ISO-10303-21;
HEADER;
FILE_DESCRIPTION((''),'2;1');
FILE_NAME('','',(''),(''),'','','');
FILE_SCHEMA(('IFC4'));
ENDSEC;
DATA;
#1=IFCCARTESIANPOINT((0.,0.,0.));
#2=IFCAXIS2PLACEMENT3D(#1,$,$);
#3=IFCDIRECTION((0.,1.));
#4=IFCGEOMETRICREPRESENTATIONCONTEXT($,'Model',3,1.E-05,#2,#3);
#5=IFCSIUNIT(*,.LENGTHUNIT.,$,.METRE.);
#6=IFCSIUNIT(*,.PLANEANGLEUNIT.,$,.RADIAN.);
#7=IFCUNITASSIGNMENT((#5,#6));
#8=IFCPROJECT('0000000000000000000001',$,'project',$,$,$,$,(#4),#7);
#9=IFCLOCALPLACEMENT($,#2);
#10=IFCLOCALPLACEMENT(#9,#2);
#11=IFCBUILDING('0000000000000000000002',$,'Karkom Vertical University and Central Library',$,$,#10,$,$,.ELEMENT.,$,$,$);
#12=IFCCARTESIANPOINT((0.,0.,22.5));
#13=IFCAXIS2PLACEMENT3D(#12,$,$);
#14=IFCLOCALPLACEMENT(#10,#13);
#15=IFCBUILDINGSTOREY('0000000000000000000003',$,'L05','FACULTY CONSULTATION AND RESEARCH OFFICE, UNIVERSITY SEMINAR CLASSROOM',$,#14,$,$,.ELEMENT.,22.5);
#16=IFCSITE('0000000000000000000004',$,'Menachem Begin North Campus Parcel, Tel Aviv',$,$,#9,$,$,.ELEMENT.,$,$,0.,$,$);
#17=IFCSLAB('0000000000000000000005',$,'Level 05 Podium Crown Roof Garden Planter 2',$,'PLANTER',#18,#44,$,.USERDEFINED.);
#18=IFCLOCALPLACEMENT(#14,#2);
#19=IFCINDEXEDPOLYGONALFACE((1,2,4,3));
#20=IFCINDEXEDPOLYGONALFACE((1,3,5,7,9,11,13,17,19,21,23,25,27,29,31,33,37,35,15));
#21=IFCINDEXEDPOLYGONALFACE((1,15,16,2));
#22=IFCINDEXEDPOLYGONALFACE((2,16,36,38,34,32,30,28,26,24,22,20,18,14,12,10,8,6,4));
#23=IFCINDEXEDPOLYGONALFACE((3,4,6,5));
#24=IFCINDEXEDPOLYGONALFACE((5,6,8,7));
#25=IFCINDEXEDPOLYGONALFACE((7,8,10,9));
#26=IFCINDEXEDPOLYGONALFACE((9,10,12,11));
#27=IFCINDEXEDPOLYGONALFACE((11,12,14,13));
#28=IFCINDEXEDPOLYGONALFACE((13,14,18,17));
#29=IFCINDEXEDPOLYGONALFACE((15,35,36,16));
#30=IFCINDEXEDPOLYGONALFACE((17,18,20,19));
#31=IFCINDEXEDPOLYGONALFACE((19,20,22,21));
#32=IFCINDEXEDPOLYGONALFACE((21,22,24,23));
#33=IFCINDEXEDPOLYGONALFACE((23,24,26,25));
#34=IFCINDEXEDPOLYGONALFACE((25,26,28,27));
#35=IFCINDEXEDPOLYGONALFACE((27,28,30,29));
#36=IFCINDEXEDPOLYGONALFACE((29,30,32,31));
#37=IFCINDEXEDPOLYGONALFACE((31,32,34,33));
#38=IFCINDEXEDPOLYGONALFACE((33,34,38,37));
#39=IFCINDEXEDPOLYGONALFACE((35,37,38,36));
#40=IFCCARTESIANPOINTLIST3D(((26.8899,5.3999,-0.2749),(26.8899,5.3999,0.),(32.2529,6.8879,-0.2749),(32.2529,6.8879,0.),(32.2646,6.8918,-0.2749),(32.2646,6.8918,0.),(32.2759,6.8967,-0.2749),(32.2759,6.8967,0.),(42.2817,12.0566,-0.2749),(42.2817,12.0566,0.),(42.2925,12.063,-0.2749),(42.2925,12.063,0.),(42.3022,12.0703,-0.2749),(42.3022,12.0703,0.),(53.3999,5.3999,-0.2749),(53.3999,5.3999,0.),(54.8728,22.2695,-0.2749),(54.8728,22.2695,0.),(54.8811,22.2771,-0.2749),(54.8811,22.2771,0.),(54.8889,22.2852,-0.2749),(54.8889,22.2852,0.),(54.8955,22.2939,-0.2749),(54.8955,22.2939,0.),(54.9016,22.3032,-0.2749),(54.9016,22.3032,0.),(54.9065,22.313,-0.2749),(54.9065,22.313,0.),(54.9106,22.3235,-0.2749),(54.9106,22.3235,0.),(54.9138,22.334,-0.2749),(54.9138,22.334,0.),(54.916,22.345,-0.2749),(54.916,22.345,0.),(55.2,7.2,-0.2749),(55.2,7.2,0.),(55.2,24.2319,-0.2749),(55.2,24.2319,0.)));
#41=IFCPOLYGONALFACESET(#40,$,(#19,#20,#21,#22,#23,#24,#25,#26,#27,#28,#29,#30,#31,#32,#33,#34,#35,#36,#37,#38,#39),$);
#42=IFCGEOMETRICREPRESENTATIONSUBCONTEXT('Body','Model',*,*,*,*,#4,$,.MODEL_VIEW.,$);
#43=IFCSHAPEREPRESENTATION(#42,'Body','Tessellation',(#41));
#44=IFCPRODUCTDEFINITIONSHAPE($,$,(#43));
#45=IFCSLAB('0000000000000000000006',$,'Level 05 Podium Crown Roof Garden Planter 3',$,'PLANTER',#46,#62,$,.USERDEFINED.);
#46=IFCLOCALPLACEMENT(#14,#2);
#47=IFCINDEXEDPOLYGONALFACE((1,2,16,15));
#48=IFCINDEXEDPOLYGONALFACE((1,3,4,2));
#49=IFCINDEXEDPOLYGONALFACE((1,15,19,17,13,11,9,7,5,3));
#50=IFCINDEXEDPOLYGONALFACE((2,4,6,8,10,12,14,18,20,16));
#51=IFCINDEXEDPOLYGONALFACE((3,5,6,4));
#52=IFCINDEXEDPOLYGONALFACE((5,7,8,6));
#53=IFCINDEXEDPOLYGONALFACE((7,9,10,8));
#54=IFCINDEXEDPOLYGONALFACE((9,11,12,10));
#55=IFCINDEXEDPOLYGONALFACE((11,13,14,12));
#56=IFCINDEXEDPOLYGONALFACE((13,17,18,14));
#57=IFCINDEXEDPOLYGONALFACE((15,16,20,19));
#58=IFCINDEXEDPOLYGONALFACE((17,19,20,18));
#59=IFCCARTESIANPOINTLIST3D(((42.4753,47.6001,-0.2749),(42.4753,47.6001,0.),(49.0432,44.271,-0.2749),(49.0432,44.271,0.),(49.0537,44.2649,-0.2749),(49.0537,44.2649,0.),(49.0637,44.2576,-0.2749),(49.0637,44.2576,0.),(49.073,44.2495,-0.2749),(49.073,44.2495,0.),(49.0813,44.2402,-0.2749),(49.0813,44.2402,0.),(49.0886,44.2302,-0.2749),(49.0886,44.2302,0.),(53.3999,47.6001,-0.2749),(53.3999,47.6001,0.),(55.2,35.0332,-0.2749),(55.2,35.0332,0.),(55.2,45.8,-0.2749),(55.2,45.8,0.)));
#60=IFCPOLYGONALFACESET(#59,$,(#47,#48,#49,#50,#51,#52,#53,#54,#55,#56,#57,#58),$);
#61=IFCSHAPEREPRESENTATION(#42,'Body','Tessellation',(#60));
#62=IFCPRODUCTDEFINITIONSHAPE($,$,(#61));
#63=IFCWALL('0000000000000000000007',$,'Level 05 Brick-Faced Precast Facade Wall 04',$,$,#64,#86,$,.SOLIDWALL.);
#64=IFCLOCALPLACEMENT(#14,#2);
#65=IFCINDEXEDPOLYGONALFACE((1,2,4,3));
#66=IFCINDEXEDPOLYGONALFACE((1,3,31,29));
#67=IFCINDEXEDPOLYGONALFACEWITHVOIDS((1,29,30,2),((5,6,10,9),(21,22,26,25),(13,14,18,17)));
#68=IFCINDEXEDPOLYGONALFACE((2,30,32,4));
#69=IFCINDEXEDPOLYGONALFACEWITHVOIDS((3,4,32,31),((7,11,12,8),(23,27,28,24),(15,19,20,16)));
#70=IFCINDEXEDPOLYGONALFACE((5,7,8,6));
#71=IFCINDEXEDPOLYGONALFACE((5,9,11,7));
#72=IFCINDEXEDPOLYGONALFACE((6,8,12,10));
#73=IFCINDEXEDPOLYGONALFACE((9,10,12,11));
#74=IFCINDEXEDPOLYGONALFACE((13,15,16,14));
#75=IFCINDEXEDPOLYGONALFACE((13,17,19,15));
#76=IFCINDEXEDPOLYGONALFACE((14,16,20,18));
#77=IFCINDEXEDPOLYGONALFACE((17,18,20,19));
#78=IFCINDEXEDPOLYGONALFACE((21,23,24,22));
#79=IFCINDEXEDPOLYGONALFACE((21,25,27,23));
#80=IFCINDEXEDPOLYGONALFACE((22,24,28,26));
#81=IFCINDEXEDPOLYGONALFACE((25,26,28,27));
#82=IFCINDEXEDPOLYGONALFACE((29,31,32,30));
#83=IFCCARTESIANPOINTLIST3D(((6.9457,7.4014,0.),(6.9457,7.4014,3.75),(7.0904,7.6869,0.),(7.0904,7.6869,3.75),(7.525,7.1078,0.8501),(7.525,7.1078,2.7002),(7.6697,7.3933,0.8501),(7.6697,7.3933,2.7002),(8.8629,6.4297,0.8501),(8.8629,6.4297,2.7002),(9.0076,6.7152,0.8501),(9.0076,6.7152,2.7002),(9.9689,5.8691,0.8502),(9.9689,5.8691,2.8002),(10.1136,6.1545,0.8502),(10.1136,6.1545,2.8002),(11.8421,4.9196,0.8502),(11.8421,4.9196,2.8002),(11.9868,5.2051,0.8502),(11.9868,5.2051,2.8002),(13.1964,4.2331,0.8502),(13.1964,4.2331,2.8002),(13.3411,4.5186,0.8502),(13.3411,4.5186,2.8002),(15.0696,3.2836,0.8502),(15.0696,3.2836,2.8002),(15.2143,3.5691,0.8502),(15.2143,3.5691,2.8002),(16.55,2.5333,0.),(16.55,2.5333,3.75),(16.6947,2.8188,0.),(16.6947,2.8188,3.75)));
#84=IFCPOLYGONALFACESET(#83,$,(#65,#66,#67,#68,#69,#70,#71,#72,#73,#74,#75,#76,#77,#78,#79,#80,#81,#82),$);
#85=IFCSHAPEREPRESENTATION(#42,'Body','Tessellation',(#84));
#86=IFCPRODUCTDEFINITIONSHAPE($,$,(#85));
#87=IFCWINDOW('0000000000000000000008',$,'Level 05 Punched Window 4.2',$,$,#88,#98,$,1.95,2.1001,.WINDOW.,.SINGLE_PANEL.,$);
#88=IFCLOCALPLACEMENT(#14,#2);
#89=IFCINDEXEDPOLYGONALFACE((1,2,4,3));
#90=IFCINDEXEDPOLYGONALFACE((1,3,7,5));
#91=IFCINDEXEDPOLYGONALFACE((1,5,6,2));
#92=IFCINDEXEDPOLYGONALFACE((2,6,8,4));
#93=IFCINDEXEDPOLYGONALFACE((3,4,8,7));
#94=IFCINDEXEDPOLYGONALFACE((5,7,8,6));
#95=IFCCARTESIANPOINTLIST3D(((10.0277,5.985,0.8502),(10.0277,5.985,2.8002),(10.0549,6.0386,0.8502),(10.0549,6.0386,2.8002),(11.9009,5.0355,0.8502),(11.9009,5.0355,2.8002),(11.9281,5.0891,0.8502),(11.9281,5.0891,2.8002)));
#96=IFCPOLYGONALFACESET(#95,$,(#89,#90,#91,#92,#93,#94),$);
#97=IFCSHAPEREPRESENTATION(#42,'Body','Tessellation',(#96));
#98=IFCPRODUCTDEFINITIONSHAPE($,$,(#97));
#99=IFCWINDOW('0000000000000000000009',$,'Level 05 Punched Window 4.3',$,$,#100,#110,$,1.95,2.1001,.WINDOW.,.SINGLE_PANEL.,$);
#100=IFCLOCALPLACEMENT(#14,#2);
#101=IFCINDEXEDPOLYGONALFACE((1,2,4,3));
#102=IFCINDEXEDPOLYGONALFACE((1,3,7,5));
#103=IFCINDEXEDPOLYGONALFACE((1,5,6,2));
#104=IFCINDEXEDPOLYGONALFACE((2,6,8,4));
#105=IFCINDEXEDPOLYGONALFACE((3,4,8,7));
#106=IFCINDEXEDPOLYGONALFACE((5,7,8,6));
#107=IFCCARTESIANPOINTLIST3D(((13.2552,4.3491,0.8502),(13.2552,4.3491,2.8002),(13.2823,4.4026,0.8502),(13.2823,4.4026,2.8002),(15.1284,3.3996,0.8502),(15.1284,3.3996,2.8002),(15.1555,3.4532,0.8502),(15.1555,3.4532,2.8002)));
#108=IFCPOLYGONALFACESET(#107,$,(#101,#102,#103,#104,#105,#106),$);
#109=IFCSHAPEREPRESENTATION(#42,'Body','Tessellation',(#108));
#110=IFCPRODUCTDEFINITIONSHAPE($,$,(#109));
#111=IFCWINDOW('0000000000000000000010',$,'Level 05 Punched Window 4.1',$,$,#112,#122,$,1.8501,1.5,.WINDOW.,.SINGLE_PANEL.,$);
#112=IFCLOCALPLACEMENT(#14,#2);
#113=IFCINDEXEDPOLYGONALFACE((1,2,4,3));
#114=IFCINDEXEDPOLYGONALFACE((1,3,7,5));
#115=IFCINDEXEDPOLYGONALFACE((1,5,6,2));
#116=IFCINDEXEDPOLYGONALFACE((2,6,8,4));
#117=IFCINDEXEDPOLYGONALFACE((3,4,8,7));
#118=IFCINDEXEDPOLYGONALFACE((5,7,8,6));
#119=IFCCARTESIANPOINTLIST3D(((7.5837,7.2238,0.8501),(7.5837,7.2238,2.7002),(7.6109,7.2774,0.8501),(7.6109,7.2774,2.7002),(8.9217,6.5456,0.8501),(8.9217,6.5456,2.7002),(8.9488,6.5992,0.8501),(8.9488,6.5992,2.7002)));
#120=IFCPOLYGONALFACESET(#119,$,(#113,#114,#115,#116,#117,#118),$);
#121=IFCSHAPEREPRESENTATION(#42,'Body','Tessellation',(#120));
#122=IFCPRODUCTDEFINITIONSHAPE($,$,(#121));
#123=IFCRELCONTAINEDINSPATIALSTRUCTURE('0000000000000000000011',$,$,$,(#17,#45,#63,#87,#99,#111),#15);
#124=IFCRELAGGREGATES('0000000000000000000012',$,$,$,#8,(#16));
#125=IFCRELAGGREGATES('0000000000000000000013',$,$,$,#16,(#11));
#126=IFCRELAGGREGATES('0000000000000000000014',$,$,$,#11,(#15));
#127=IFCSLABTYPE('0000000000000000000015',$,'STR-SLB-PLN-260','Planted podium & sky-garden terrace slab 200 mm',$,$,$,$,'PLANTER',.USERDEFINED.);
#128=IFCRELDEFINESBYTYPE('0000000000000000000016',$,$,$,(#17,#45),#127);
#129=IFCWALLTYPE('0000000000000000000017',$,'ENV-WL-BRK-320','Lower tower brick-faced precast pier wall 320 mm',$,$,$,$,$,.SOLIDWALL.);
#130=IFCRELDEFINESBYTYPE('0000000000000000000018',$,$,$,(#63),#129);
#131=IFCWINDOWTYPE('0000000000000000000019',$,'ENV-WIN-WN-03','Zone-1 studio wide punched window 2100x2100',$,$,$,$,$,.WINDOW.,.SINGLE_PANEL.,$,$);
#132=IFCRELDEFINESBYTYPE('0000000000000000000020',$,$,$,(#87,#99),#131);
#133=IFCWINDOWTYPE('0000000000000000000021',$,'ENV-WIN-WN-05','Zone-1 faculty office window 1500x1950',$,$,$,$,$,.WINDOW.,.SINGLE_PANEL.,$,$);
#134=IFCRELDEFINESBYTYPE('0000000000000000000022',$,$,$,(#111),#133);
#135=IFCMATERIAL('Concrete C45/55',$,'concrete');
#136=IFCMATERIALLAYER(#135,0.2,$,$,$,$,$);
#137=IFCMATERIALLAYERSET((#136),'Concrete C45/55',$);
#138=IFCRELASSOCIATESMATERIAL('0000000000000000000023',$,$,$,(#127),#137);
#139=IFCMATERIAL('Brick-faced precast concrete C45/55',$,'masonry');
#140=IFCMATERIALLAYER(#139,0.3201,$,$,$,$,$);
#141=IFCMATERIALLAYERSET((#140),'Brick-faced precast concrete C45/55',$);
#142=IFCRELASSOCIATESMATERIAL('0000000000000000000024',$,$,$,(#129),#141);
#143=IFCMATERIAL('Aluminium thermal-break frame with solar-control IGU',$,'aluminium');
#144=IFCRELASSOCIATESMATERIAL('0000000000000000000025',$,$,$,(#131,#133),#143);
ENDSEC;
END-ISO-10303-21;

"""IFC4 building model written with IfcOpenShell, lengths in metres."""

from ifc_helpers import new_model, si_unit, direction, frame, frame_2d, origin, origin_with_axes, place, context, subcontext, project, spatial, polyline, rectangle, outline, extrude, source, transform, mapped, material, layer, layer_set, type_object, element, fill, save


model = new_model("IFC4")

# Units and contexts
model_context = context("Model", 3, precision=1e-05, world=origin(), true_north=direction((0.0, 1.0)))
body_context = subcontext(model_context, "Body", "Model", "MODEL_VIEW")
ifc_project = project(units=[si_unit("LENGTHUNIT", "METRE"), si_unit("PLANEANGLEUNIT", "RADIAN")], contexts=[model_context])

# Site, building, storey
site_placement = place(None, origin())
site = spatial("IfcSite", under=ifc_project, at=site_placement, Name="Menachem Begin North Campus Parcel, Tel Aviv", CompositionType="ELEMENT", RefElevation=0.0)
building_placement = place(site_placement, origin())
building = spatial("IfcBuilding", under=site, at=building_placement, Name="Karkom Vertical University and Central Library", CompositionType="ELEMENT")
storey_placement = place(building_placement, frame((0.0, 0.0, 22.5)))
storey = spatial("IfcBuildingStorey", under=building, at=storey_placement, Name="L05", Description="FACULTY CONSULTATION AND RESEARCH OFFICE, UNIVERSITY SEMINAR CLASSROOM", CompositionType="ELEMENT", Elevation=22.5)

# Shared definitions
ifc_material_1 = material(Name="Concrete C45/55", Category="concrete")

# Slabs
ifc_layer_1 = layer(ifc_material_1, 0.2)
ifc_layer_set_1 = layer_set([ifc_layer_1], Name="Concrete C45/55")
slab_type_1 = type_object("IfcSlabType", Name="STR-SLB-PLN-260", Description="Planted podium & sky-garden terrace slab 200 mm", ElementType="PLANTER", PredefinedType="USERDEFINED", material=ifc_layer_set_1)
slab_1_placement = place(storey_placement, frame((0.0, 0.0, -0.2749)))
element("IfcSlab", 1, at=slab_1_placement, inside=storey, type_object=slab_type_1, Name="Level 05 Podium Crown Roof Garden Planter 2", ObjectType="PLANTER", PredefinedType="USERDEFINED", context=body_context, shape_type="SweptSolid", body=[
    extrude(outline(polyline([(55.2, 7.2), (53.3999, 5.3999), (26.8899, 5.3999), (32.2529, 6.8879), (32.2646, 6.8918), (32.2759, 6.8967), (42.2817, 12.0566), (42.2925, 12.063), (42.3022, 12.0703), (54.8728, 22.2695), (54.8811, 22.2771), (54.8889, 22.2852), (54.8955, 22.2939), (54.9016, 22.3032), (54.9065, 22.313), (54.9106, 22.3235), (54.9138, 22.334), (54.916, 22.345), (55.2, 24.2319), (55.2, 7.2)])), origin(), (0.0, 0.0, 1.0), 0.2749),
])
slab_2_placement = place(storey_placement, frame((0.0, 0.0, -0.2749)))
element("IfcSlab", 2, at=slab_2_placement, inside=storey, type_object=slab_type_1, Name="Level 05 Podium Crown Roof Garden Planter 3", ObjectType="PLANTER", PredefinedType="USERDEFINED", context=body_context, shape_type="SweptSolid", body=[
    extrude(outline(polyline([(53.3999, 47.6001), (55.2, 45.8), (55.2, 35.0332), (49.0886, 44.2302), (49.0813, 44.2402), (49.073, 44.2495), (49.0637, 44.2576), (49.0537, 44.2649), (49.0432, 44.271), (42.4753, 47.6001), (53.3999, 47.6001)])), origin(), (0.0, 0.0, 1.0), 0.2749),
])

# Wall, openings, windows
ifc_material_2 = material(Name="Brick-faced precast concrete C45/55", Category="masonry")
ifc_layer_2 = layer(ifc_material_2, 0.3201)
ifc_layer_set_2 = layer_set([ifc_layer_2], Name="Brick-faced precast concrete C45/55")
wall_type_1 = type_object("IfcWallType", Name="ENV-WL-BRK-320", Description="Lower tower brick-faced precast pier wall 320 mm", PredefinedType="SOLIDWALL", material=ifc_layer_set_2)
wall_1_placement = place(storey_placement, frame((7.0181, 7.5442, 0.0), z_axis=(0.0, 0.0, 1.0), x_axis=(0.89196, -0.452113, 0.0)))
wall_1 = element("IfcWall", 3, at=wall_1_placement, inside=storey, type_object=wall_type_1, Name="Level 05 Brick-Faced Precast Facade Wall 04", PredefinedType="SOLIDWALL", context=body_context, shape_type="SweptSolid", body=[
    extrude(rectangle(XDim=10.7676, YDim=0.3201, at=frame_2d((5.3838, 0.0))), origin(), (0.0, 0.0, 1.0), 3.75),
])
opening_1_placement = place(wall_1_placement, frame((0.6494, 0.0, 0.8501)))
opening_1 = element("IfcOpeningElement", 4, at=opening_1_placement, cuts=wall_1, PredefinedType="OPENING", context=body_context, shape_type="SweptSolid", body=[
    extrude(rectangle(XDim=1.5, YDim=1.8501, at=frame_2d((0.75, 0.925))), frame((0.0, 0.1699, 0.0), z_axis=(0.0, -1.0, 0.0), x_axis=(1.0, 0.0, 0.0)), (0.0, 0.0, 1.0), 0.3401),
])
opening_2_placement = place(wall_1_placement, frame((3.3894, 0.0, 0.8501)))
opening_2 = element("IfcOpeningElement", 5, at=opening_2_placement, cuts=wall_1, PredefinedType="OPENING", context=body_context, shape_type="SweptSolid", body=[
    extrude(rectangle(XDim=2.1001, YDim=1.95, at=frame_2d((1.05, 0.9751))), frame((0.0, 0.1699, 0.0), z_axis=(0.0, -1.0, 0.0), x_axis=(1.0, 0.0, 0.0)), (0.0, 0.0, 1.0), 0.3401),
])
opening_3_placement = place(wall_1_placement, frame((7.0078, 0.0, 0.8501)))
opening_3 = element("IfcOpeningElement", 6, at=opening_3_placement, cuts=wall_1, PredefinedType="OPENING", context=body_context, shape_type="SweptSolid", body=[
    extrude(rectangle(XDim=2.1001, YDim=1.95, at=frame_2d((1.05, 0.9751))), frame((0.0, 0.1699, 0.0), z_axis=(0.0, -1.0, 0.0), x_axis=(1.0, 0.0, 0.0)), (0.0, 0.0, 1.0), 0.3401),
])
ifc_material_3 = material(Name="Aluminium thermal-break frame with solar-control IGU", Category="aluminium")
window_type_1 = type_object("IfcWindowType", Name="ENV-WIN-WN-03", Description="Zone-1 studio wide punched window 2100x2100", PartitioningType="SINGLE_PANEL", PredefinedType="WINDOW", material=ifc_material_3)
shared_shape_1 = source(origin_with_axes(), body_context, "Body", "SweptSolid", [
    extrude(rectangle(XDim=2.1001, YDim=1.95, at=frame_2d((1.05, 0.9751))), frame((0.0, 0.03, 0.0), z_axis=(0.0, -1.0, 0.0), x_axis=(1.0, 0.0, 0.0)), (0.0, 0.0, 1.0), 0.0601),
])
window_1_placement = place(opening_2_placement, origin())
window_1 = element("IfcWindow", 7, at=window_1_placement, inside=storey, type_object=window_type_1, Name="Level 05 Punched Window 4.2", OverallHeight=1.95, OverallWidth=2.1001, PartitioningType="SINGLE_PANEL", PredefinedType="WINDOW", context=body_context, shape_type="MappedRepresentation", body=[
    mapped(shared_shape_1, transform((0.0, 0.0, 0.0), scale=1.0)),
])
fill(opening_2, window_1)
window_2_placement = place(opening_3_placement, origin())
window_2 = element("IfcWindow", 8, at=window_2_placement, inside=storey, type_object=window_type_1, Name="Level 05 Punched Window 4.3", OverallHeight=1.95, OverallWidth=2.1001, PartitioningType="SINGLE_PANEL", PredefinedType="WINDOW", context=body_context, shape_type="MappedRepresentation", body=[
    mapped(shared_shape_1, transform((0.0, 0.0, 0.0), scale=1.0)),
])
fill(opening_3, window_2)
window_type_2 = type_object("IfcWindowType", Name="ENV-WIN-WN-05", Description="Zone-1 faculty office window 1500x1950", PartitioningType="SINGLE_PANEL", PredefinedType="WINDOW", material=ifc_material_3)
shared_shape_2 = source(origin_with_axes(), body_context, "Body", "SweptSolid", [
    extrude(rectangle(XDim=1.5, YDim=1.8501, at=frame_2d((0.75, 0.925))), frame((0.0, 0.03, 0.0), z_axis=(0.0, -1.0, 0.0), x_axis=(1.0, 0.0, 0.0)), (0.0, 0.0, 1.0), 0.0601),
])
window_3_placement = place(opening_1_placement, origin())
window_3 = element("IfcWindow", 9, at=window_3_placement, inside=storey, type_object=window_type_2, Name="Level 05 Punched Window 4.1", OverallHeight=1.8501, OverallWidth=1.5, PartitioningType="SINGLE_PANEL", PredefinedType="WINDOW", context=body_context, shape_type="MappedRepresentation", body=[
    mapped(shared_shape_2, transform((0.0, 0.0, 0.0), scale=1.0)),
])
fill(opening_1, window_3)

save(model, "model.ifc")
